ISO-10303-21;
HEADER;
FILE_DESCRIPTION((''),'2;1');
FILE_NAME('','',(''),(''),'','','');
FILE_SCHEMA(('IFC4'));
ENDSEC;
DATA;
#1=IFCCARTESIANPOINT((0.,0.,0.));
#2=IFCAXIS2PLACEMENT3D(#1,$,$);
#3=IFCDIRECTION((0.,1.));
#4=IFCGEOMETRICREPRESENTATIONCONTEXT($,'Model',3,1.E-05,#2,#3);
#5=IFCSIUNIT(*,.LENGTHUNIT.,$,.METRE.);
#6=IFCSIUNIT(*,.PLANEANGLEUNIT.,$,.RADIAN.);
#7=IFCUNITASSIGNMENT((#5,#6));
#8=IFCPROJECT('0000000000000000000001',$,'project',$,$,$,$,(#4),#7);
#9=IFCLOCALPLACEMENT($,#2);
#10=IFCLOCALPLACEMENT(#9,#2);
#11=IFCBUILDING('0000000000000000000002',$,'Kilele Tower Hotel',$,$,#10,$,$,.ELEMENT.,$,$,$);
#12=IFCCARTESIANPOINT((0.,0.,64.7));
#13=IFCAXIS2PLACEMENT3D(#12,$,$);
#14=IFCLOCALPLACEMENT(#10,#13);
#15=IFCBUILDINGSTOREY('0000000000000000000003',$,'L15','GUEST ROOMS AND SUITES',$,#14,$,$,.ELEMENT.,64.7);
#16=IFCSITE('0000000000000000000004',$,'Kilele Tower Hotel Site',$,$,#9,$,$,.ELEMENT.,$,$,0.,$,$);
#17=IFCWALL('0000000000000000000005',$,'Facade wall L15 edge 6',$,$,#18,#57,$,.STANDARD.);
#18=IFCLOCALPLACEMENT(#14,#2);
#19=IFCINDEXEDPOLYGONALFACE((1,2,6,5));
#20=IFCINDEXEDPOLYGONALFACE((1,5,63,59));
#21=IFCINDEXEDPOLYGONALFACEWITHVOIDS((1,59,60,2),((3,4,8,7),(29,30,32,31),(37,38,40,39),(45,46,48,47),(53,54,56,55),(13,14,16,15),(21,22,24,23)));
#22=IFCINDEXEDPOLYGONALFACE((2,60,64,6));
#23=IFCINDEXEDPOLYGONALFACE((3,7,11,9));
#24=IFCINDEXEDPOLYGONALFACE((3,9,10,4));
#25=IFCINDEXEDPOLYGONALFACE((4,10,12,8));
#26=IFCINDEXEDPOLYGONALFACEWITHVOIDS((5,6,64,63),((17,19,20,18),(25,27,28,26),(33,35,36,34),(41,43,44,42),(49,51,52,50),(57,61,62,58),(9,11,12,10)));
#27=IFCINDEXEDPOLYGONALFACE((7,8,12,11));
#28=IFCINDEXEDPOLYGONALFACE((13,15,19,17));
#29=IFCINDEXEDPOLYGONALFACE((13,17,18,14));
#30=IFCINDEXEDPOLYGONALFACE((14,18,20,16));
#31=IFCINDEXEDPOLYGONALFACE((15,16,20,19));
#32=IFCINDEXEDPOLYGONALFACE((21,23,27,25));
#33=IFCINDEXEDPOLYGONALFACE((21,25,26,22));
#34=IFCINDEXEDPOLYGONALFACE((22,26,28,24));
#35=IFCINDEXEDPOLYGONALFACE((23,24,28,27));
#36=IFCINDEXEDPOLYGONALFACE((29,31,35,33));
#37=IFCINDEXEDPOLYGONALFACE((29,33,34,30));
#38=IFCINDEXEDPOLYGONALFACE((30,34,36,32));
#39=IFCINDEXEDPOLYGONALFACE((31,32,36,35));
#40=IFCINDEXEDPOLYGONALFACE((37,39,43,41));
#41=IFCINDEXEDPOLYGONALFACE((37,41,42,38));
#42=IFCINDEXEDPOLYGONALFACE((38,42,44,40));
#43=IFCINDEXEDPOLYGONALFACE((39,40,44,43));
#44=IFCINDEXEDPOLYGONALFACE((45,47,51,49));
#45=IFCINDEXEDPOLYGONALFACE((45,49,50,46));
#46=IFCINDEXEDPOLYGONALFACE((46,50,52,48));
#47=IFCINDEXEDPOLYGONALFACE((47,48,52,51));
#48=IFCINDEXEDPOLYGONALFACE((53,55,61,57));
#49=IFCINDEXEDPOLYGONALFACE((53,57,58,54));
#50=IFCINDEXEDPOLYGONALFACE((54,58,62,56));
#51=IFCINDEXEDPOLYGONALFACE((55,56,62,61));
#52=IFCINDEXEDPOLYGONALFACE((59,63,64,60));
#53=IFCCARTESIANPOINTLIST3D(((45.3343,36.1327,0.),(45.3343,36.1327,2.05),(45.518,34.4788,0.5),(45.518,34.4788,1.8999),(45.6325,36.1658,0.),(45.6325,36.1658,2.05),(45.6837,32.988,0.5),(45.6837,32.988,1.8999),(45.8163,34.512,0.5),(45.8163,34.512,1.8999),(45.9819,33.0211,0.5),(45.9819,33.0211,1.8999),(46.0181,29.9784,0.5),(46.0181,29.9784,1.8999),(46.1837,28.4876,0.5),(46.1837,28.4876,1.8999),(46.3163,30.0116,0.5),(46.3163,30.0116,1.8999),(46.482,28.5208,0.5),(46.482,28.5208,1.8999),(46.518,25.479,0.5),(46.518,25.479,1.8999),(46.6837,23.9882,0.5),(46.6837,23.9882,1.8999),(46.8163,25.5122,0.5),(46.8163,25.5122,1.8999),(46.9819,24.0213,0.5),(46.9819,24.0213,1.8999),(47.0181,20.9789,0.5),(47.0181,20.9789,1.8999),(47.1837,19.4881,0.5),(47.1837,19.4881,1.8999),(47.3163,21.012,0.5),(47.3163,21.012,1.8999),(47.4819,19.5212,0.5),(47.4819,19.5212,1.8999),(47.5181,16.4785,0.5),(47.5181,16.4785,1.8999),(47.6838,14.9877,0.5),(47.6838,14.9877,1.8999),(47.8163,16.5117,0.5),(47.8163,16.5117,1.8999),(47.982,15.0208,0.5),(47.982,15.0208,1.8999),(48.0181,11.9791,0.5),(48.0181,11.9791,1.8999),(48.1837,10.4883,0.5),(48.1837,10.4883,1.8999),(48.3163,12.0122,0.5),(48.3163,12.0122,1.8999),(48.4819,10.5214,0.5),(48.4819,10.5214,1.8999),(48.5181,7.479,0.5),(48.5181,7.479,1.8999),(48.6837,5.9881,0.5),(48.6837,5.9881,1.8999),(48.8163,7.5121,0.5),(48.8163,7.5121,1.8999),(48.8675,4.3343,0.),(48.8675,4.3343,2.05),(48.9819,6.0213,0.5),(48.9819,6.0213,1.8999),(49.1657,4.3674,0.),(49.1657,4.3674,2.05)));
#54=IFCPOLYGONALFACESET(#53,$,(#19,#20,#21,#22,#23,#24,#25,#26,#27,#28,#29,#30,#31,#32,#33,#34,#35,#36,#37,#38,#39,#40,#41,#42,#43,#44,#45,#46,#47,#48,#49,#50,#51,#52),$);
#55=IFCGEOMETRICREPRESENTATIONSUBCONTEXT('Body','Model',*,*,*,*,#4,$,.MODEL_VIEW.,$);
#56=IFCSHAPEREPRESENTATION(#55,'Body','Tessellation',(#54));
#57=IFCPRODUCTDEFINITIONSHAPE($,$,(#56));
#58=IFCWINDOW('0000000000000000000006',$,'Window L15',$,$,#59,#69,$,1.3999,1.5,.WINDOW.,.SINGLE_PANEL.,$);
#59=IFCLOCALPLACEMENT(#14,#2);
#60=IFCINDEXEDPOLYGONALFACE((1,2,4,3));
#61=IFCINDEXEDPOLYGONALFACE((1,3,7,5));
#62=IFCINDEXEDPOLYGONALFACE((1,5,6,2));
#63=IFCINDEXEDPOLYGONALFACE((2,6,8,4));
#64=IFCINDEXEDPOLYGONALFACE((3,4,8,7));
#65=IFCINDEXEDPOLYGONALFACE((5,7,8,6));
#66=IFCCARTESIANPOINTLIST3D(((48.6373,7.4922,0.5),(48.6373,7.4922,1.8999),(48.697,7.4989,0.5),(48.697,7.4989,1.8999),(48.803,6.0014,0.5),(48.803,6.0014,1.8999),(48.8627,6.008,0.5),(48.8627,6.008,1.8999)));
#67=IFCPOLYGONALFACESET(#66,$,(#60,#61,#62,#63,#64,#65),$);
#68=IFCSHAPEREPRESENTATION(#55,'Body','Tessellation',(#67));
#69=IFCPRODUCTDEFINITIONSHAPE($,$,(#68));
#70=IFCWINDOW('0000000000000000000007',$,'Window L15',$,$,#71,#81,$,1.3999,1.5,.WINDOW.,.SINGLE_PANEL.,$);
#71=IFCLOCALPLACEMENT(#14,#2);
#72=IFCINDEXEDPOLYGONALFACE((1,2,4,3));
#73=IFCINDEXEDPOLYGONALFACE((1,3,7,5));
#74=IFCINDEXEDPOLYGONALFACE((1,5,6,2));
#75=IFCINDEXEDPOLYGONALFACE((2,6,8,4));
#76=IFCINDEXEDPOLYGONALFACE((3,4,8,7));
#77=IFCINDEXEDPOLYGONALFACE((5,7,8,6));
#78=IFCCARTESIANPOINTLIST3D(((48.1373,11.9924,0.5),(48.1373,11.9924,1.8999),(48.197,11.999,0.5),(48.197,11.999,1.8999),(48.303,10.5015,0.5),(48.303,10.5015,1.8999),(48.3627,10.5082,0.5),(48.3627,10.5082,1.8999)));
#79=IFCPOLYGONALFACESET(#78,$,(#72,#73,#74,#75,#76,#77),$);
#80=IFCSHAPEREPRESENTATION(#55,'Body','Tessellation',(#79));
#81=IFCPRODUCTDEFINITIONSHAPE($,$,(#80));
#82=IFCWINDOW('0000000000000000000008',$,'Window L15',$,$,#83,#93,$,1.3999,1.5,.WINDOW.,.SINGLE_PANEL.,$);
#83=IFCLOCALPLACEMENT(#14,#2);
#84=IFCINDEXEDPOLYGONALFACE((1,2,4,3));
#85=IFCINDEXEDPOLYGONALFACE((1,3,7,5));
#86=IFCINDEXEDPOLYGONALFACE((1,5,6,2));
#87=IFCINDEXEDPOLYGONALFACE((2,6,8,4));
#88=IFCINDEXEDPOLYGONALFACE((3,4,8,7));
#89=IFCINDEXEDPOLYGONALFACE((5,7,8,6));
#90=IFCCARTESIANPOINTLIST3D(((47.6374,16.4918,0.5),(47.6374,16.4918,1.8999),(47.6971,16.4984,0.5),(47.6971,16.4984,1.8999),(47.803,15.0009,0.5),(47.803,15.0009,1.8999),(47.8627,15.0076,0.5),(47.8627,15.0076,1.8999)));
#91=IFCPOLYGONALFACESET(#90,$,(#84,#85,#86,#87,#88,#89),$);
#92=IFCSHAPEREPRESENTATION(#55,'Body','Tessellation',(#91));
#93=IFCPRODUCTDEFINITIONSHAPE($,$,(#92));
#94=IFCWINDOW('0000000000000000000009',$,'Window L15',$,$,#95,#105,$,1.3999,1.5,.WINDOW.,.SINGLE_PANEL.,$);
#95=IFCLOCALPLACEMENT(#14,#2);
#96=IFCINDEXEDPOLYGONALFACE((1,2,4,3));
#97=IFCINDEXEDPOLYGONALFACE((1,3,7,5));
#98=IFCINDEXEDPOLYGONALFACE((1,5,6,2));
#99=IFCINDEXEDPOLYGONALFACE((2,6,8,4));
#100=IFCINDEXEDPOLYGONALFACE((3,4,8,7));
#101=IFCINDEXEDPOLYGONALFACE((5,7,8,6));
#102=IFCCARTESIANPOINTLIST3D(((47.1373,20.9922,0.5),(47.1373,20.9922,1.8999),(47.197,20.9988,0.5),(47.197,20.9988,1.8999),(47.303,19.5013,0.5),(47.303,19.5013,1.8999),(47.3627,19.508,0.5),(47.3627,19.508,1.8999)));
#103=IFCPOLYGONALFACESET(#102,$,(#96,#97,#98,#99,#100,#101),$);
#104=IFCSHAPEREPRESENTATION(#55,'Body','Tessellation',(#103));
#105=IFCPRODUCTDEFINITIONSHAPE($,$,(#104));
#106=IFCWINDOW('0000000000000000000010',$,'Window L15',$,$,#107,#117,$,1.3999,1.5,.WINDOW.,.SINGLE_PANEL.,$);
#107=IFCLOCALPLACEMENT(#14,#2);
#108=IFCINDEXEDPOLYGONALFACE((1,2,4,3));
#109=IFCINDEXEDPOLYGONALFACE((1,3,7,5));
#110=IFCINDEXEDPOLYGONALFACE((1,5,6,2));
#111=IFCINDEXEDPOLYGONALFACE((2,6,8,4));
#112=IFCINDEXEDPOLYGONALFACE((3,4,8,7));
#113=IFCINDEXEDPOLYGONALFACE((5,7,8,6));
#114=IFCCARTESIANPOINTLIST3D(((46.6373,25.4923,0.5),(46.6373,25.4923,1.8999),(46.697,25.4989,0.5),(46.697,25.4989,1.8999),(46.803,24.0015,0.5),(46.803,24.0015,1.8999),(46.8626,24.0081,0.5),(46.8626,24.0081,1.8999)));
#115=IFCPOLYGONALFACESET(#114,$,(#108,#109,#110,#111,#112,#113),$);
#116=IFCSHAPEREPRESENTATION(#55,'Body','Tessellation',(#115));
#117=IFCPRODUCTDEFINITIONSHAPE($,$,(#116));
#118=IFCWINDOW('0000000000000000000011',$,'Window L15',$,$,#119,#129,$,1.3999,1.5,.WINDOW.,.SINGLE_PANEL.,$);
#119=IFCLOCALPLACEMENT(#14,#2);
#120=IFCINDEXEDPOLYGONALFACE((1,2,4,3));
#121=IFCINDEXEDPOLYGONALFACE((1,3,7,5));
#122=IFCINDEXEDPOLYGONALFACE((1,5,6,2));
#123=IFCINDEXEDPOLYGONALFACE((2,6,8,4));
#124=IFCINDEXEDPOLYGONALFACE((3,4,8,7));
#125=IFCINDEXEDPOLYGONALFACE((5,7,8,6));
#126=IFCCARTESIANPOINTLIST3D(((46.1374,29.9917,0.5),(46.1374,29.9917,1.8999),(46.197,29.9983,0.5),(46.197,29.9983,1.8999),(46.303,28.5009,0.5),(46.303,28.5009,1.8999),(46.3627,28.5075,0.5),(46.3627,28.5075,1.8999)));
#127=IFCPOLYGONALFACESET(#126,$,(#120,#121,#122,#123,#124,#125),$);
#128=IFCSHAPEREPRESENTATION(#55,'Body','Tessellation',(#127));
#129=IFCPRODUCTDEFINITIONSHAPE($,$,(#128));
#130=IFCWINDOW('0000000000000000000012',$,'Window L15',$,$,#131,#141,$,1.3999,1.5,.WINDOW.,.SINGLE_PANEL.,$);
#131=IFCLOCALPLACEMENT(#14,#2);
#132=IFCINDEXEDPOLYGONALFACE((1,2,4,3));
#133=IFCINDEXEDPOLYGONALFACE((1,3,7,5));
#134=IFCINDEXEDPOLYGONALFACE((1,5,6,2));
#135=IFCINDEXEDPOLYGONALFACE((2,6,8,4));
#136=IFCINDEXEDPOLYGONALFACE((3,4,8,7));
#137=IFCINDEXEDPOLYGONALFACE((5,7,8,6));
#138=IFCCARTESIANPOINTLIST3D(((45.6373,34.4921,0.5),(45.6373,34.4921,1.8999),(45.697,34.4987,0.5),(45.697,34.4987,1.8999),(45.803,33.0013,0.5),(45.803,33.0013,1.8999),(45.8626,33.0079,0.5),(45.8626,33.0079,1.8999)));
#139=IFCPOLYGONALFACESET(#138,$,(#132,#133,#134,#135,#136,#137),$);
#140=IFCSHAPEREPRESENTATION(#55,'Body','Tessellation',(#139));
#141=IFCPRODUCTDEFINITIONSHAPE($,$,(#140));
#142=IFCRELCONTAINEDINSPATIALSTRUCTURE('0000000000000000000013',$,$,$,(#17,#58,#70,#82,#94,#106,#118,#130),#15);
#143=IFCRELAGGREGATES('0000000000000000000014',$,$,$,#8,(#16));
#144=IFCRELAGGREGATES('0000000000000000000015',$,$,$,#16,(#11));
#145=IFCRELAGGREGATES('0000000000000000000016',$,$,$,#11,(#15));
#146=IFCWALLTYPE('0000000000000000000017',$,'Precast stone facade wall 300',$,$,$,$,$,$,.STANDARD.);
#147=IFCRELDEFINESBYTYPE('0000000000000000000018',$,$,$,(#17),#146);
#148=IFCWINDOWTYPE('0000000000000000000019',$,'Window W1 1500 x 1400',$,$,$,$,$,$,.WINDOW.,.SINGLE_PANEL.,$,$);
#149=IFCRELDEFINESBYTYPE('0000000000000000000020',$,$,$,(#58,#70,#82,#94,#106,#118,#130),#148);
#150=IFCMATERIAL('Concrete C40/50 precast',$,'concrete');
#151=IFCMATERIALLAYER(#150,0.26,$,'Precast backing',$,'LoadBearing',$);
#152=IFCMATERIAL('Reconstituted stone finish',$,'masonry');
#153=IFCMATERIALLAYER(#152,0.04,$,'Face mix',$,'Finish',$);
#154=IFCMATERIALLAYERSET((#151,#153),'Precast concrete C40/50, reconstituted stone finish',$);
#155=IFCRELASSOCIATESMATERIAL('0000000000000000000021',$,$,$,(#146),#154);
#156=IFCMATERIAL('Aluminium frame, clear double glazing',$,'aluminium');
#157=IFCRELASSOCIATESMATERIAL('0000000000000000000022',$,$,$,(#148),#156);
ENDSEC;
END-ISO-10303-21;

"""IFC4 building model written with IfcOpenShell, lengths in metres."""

from ifc_helpers import new_model, si_unit, direction, frame, frame_2d, origin, place, context, subcontext, project, spatial, rectangle, extrude, material, layer, layer_set, type_object, element, fill, save


model = new_model("IFC4")

# Units and contexts
model_context = context("Model", 3, precision=1e-05, world=origin(), true_north=direction((0.0, 1.0)))
body_context = subcontext(model_context, "Body", "Model", "MODEL_VIEW")
ifc_project = project(units=[si_unit("LENGTHUNIT", "METRE"), si_unit("PLANEANGLEUNIT", "RADIAN")], contexts=[model_context])

# Site, building, storey
site_placement = place(None, origin())
site = spatial("IfcSite", under=ifc_project, at=site_placement, Name="Kilele Tower Hotel Site", CompositionType="ELEMENT", RefElevation=0.0)
building_placement = place(site_placement, origin())
building = spatial("IfcBuilding", under=site, at=building_placement, Name="Kilele Tower Hotel", CompositionType="ELEMENT")
storey_placement = place(building_placement, frame((0.0, 0.0, 64.7)))
storey = spatial("IfcBuildingStorey", under=building, at=storey_placement, Name="L15", Description="GUEST ROOMS AND SUITES", CompositionType="ELEMENT", Elevation=64.7)

# Shared definitions
ifc_material_1 = material(Name="Concrete C40/50 precast", Category="concrete")
ifc_layer_1 = layer(ifc_material_1, 0.26, Name="Precast backing", Category="LoadBearing")
ifc_material_2 = material(Name="Reconstituted stone finish", Category="masonry")
ifc_layer_2 = layer(ifc_material_2, 0.04, Name="Face mix", Category="Finish")
ifc_layer_set_1 = layer_set([ifc_layer_1, ifc_layer_2], Name="Precast concrete C40/50, reconstituted stone finish")
wall_type_1 = type_object("IfcWallType", Name="Precast stone facade wall 300", PredefinedType="STANDARD", material=ifc_layer_set_1)
ifc_material_3 = material(Name="Aluminium frame, clear double glazing", Category="aluminium")
window_type = type_object("IfcWindowType", Name="Window W1 1500 x 1400", PartitioningType="SINGLE_PANEL", PredefinedType="WINDOW", material=ifc_material_3)

# Wall, openings, windows
wall_1_placement = place(storey_placement, frame((49.0166, 4.3508, 0.0), z_axis=(0.0, 0.0, 1.0), x_axis=(-0.110433, 0.993884, 0.0)))
wall_1 = element("IfcWall", 1, at=wall_1_placement, inside=storey, type_object=wall_type_1, Name="Facade wall L15 edge 6", PredefinedType="STANDARD", context=body_context, shape_type="SweptSolid", body=[
    extrude(rectangle(XDim=31.9941, YDim=0.3, at=frame_2d((15.9971, 0.0))), origin(), (0.0, 0.0, 1.0), 2.05),
])
opening_1_placement = place(wall_1_placement, frame((1.6641, 0.0, 0.5)))
opening_1 = element("IfcOpeningElement", 2, at=opening_1_placement, cuts=wall_1, PredefinedType="OPENING", context=body_context, shape_type="SweptSolid", body=[
    extrude(rectangle(XDim=1.5, YDim=1.3999, at=frame_2d((0.75, 0.7))), frame((0.0, 0.1599, 0.0), z_axis=(0.0, -1.0, 0.0), x_axis=(1.0, 0.0, 0.0)), (0.0, 0.0, 1.0), 0.3201),
])
opening_2_placement = place(wall_1_placement, frame((6.1919, 0.0, 0.5)))
opening_2 = element("IfcOpeningElement", 3, at=opening_2_placement, cuts=wall_1, PredefinedType="OPENING", context=body_context, shape_type="SweptSolid", body=[
    extrude(rectangle(XDim=1.5, YDim=1.3999, at=frame_2d((0.75, 0.7))), frame((0.0, 0.1599, 0.0), z_axis=(0.0, -1.0, 0.0), x_axis=(1.0, 0.0, 0.0)), (0.0, 0.0, 1.0), 0.3201),
])
opening_3_placement = place(wall_1_placement, frame((10.719, 0.0, 0.5)))
opening_3 = element("IfcOpeningElement", 4, at=opening_3_placement, cuts=wall_1, PredefinedType="OPENING", context=body_context, shape_type="SweptSolid", body=[
    extrude(rectangle(XDim=1.5, YDim=1.3999, at=frame_2d((0.75, 0.7))), frame((0.0, 0.1599, 0.0), z_axis=(0.0, -1.0, 0.0), x_axis=(1.0, 0.0, 0.0)), (0.0, 0.0, 1.0), 0.3201),
])
opening_4_placement = place(wall_1_placement, frame((15.2471, 0.0, 0.5)))
opening_4 = element("IfcOpeningElement", 5, at=opening_4_placement, cuts=wall_1, PredefinedType="OPENING", context=body_context, shape_type="SweptSolid", body=[
    extrude(rectangle(XDim=1.5, YDim=1.3999, at=frame_2d((0.75, 0.7))), frame((0.0, 0.1599, 0.0), z_axis=(0.0, -1.0, 0.0), x_axis=(1.0, 0.0, 0.0)), (0.0, 0.0, 1.0), 0.3201),
])
opening_5_placement = place(wall_1_placement, frame((19.7749, 0.0, 0.5)))
opening_5 = element("IfcOpeningElement", 6, at=opening_5_placement, cuts=wall_1, PredefinedType="OPENING", context=body_context, shape_type="SweptSolid", body=[
    extrude(rectangle(XDim=1.5, YDim=1.3999, at=frame_2d((0.75, 0.7))), frame((0.0, 0.1599, 0.0), z_axis=(0.0, -1.0, 0.0), x_axis=(1.0, 0.0, 0.0)), (0.0, 0.0, 1.0), 0.3201),
])
opening_6_placement = place(wall_1_placement, frame((24.302, 0.0, 0.5)))
opening_6 = element("IfcOpeningElement", 7, at=opening_6_placement, cuts=wall_1, PredefinedType="OPENING", context=body_context, shape_type="SweptSolid", body=[
    extrude(rectangle(XDim=1.5, YDim=1.3999, at=frame_2d((0.75, 0.7))), frame((0.0, 0.1599, 0.0), z_axis=(0.0, -1.0, 0.0), x_axis=(1.0, 0.0, 0.0)), (0.0, 0.0, 1.0), 0.3201),
])
opening_7_placement = place(wall_1_placement, frame((28.8301, 0.0, 0.5)))
opening_7 = element("IfcOpeningElement", 8, at=opening_7_placement, cuts=wall_1, PredefinedType="OPENING", context=body_context, shape_type="SweptSolid", body=[
    extrude(rectangle(XDim=1.5, YDim=1.3999, at=frame_2d((0.75, 0.7))), frame((0.0, 0.1599, 0.0), z_axis=(0.0, -1.0, 0.0), x_axis=(1.0, 0.0, 0.0)), (0.0, 0.0, 1.0), 0.3201),
])
window_1_placement = place(opening_1_placement, origin())
window_1 = element("IfcWindow", 9, at=window_1_placement, inside=storey, type_object=window_type, Name="Window L15", OverallHeight=1.3999, OverallWidth=1.5, PartitioningType="SINGLE_PANEL", PredefinedType="WINDOW", context=body_context, shape_type="SweptSolid", body=[
    extrude(rectangle(XDim=1.5, YDim=1.3999, at=frame_2d((0.75, 0.7))), frame((0.0, 0.03, 0.0), z_axis=(0.0, -1.0, 0.0), x_axis=(1.0, 0.0, 0.0)), (0.0, 0.0, 1.0), 0.0601),
])
fill(opening_1, window_1)
window_2_placement = place(opening_2_placement, origin())
window_2 = element("IfcWindow", 10, at=window_2_placement, inside=storey, type_object=window_type, Name="Window L15", OverallHeight=1.3999, OverallWidth=1.5, PartitioningType="SINGLE_PANEL", PredefinedType="WINDOW", context=body_context, shape_type="SweptSolid", body=[
    extrude(rectangle(XDim=1.5, YDim=1.3999, at=frame_2d((0.75, 0.7))), frame((0.0, 0.03, 0.0), z_axis=(0.0, -1.0, 0.0), x_axis=(1.0, 0.0, 0.0)), (0.0, 0.0, 1.0), 0.0601),
])
fill(opening_2, window_2)
window_3_placement = place(opening_3_placement, origin())
window_3 = element("IfcWindow", 11, at=window_3_placement, inside=storey, type_object=window_type, Name="Window L15", OverallHeight=1.3999, OverallWidth=1.5, PartitioningType="SINGLE_PANEL", PredefinedType="WINDOW", context=body_context, shape_type="SweptSolid", body=[
    extrude(rectangle(XDim=1.5, YDim=1.3999, at=frame_2d((0.75, 0.7))), frame((0.0, 0.03, 0.0), z_axis=(0.0, -1.0, 0.0), x_axis=(1.0, 0.0, 0.0)), (0.0, 0.0, 1.0), 0.0601),
])
fill(opening_3, window_3)
window_4_placement = place(opening_4_placement, origin())
window_4 = element("IfcWindow", 12, at=window_4_placement, inside=storey, type_object=window_type, Name="Window L15", OverallHeight=1.3999, OverallWidth=1.5, PartitioningType="SINGLE_PANEL", PredefinedType="WINDOW", context=body_context, shape_type="SweptSolid", body=[
    extrude(rectangle(XDim=1.5, YDim=1.3999, at=frame_2d((0.75, 0.7))), frame((0.0, 0.03, 0.0), z_axis=(0.0, -1.0, 0.0), x_axis=(1.0, 0.0, 0.0)), (0.0, 0.0, 1.0), 0.0601),
])
fill(opening_4, window_4)
window_5_placement = place(opening_5_placement, origin())
window_5 = element("IfcWindow", 13, at=window_5_placement, inside=storey, type_object=window_type, Name="Window L15", OverallHeight=1.3999, OverallWidth=1.5, PartitioningType="SINGLE_PANEL", PredefinedType="WINDOW", context=body_context, shape_type="SweptSolid", body=[
    extrude(rectangle(XDim=1.5, YDim=1.3999, at=frame_2d((0.75, 0.7))), frame((0.0, 0.03, 0.0), z_axis=(0.0, -1.0, 0.0), x_axis=(1.0, 0.0, 0.0)), (0.0, 0.0, 1.0), 0.0601),
])
fill(opening_5, window_5)
window_6_placement = place(opening_6_placement, origin())
window_6 = element("IfcWindow", 14, at=window_6_placement, inside=storey, type_object=window_type, Name="Window L15", OverallHeight=1.3999, OverallWidth=1.5, PartitioningType="SINGLE_PANEL", PredefinedType="WINDOW", context=body_context, shape_type="SweptSolid", body=[
    extrude(rectangle(XDim=1.5, YDim=1.3999, at=frame_2d((0.75, 0.7))), frame((0.0, 0.03, 0.0), z_axis=(0.0, -1.0, 0.0), x_axis=(1.0, 0.0, 0.0)), (0.0, 0.0, 1.0), 0.0601),
])
fill(opening_6, window_6)
window_7_placement = place(opening_7_placement, origin())
window_7 = element("IfcWindow", 15, at=window_7_placement, inside=storey, type_object=window_type, Name="Window L15", OverallHeight=1.3999, OverallWidth=1.5, PartitioningType="SINGLE_PANEL", PredefinedType="WINDOW", context=body_context, shape_type="SweptSolid", body=[
    extrude(rectangle(XDim=1.5, YDim=1.3999, at=frame_2d((0.75, 0.7))), frame((0.0, 0.03, 0.0), z_axis=(0.0, -1.0, 0.0), x_axis=(1.0, 0.0, 0.0)), (0.0, 0.0, 1.0), 0.0601),
])
fill(opening_7, window_7)

save(model, "model.ifc")
